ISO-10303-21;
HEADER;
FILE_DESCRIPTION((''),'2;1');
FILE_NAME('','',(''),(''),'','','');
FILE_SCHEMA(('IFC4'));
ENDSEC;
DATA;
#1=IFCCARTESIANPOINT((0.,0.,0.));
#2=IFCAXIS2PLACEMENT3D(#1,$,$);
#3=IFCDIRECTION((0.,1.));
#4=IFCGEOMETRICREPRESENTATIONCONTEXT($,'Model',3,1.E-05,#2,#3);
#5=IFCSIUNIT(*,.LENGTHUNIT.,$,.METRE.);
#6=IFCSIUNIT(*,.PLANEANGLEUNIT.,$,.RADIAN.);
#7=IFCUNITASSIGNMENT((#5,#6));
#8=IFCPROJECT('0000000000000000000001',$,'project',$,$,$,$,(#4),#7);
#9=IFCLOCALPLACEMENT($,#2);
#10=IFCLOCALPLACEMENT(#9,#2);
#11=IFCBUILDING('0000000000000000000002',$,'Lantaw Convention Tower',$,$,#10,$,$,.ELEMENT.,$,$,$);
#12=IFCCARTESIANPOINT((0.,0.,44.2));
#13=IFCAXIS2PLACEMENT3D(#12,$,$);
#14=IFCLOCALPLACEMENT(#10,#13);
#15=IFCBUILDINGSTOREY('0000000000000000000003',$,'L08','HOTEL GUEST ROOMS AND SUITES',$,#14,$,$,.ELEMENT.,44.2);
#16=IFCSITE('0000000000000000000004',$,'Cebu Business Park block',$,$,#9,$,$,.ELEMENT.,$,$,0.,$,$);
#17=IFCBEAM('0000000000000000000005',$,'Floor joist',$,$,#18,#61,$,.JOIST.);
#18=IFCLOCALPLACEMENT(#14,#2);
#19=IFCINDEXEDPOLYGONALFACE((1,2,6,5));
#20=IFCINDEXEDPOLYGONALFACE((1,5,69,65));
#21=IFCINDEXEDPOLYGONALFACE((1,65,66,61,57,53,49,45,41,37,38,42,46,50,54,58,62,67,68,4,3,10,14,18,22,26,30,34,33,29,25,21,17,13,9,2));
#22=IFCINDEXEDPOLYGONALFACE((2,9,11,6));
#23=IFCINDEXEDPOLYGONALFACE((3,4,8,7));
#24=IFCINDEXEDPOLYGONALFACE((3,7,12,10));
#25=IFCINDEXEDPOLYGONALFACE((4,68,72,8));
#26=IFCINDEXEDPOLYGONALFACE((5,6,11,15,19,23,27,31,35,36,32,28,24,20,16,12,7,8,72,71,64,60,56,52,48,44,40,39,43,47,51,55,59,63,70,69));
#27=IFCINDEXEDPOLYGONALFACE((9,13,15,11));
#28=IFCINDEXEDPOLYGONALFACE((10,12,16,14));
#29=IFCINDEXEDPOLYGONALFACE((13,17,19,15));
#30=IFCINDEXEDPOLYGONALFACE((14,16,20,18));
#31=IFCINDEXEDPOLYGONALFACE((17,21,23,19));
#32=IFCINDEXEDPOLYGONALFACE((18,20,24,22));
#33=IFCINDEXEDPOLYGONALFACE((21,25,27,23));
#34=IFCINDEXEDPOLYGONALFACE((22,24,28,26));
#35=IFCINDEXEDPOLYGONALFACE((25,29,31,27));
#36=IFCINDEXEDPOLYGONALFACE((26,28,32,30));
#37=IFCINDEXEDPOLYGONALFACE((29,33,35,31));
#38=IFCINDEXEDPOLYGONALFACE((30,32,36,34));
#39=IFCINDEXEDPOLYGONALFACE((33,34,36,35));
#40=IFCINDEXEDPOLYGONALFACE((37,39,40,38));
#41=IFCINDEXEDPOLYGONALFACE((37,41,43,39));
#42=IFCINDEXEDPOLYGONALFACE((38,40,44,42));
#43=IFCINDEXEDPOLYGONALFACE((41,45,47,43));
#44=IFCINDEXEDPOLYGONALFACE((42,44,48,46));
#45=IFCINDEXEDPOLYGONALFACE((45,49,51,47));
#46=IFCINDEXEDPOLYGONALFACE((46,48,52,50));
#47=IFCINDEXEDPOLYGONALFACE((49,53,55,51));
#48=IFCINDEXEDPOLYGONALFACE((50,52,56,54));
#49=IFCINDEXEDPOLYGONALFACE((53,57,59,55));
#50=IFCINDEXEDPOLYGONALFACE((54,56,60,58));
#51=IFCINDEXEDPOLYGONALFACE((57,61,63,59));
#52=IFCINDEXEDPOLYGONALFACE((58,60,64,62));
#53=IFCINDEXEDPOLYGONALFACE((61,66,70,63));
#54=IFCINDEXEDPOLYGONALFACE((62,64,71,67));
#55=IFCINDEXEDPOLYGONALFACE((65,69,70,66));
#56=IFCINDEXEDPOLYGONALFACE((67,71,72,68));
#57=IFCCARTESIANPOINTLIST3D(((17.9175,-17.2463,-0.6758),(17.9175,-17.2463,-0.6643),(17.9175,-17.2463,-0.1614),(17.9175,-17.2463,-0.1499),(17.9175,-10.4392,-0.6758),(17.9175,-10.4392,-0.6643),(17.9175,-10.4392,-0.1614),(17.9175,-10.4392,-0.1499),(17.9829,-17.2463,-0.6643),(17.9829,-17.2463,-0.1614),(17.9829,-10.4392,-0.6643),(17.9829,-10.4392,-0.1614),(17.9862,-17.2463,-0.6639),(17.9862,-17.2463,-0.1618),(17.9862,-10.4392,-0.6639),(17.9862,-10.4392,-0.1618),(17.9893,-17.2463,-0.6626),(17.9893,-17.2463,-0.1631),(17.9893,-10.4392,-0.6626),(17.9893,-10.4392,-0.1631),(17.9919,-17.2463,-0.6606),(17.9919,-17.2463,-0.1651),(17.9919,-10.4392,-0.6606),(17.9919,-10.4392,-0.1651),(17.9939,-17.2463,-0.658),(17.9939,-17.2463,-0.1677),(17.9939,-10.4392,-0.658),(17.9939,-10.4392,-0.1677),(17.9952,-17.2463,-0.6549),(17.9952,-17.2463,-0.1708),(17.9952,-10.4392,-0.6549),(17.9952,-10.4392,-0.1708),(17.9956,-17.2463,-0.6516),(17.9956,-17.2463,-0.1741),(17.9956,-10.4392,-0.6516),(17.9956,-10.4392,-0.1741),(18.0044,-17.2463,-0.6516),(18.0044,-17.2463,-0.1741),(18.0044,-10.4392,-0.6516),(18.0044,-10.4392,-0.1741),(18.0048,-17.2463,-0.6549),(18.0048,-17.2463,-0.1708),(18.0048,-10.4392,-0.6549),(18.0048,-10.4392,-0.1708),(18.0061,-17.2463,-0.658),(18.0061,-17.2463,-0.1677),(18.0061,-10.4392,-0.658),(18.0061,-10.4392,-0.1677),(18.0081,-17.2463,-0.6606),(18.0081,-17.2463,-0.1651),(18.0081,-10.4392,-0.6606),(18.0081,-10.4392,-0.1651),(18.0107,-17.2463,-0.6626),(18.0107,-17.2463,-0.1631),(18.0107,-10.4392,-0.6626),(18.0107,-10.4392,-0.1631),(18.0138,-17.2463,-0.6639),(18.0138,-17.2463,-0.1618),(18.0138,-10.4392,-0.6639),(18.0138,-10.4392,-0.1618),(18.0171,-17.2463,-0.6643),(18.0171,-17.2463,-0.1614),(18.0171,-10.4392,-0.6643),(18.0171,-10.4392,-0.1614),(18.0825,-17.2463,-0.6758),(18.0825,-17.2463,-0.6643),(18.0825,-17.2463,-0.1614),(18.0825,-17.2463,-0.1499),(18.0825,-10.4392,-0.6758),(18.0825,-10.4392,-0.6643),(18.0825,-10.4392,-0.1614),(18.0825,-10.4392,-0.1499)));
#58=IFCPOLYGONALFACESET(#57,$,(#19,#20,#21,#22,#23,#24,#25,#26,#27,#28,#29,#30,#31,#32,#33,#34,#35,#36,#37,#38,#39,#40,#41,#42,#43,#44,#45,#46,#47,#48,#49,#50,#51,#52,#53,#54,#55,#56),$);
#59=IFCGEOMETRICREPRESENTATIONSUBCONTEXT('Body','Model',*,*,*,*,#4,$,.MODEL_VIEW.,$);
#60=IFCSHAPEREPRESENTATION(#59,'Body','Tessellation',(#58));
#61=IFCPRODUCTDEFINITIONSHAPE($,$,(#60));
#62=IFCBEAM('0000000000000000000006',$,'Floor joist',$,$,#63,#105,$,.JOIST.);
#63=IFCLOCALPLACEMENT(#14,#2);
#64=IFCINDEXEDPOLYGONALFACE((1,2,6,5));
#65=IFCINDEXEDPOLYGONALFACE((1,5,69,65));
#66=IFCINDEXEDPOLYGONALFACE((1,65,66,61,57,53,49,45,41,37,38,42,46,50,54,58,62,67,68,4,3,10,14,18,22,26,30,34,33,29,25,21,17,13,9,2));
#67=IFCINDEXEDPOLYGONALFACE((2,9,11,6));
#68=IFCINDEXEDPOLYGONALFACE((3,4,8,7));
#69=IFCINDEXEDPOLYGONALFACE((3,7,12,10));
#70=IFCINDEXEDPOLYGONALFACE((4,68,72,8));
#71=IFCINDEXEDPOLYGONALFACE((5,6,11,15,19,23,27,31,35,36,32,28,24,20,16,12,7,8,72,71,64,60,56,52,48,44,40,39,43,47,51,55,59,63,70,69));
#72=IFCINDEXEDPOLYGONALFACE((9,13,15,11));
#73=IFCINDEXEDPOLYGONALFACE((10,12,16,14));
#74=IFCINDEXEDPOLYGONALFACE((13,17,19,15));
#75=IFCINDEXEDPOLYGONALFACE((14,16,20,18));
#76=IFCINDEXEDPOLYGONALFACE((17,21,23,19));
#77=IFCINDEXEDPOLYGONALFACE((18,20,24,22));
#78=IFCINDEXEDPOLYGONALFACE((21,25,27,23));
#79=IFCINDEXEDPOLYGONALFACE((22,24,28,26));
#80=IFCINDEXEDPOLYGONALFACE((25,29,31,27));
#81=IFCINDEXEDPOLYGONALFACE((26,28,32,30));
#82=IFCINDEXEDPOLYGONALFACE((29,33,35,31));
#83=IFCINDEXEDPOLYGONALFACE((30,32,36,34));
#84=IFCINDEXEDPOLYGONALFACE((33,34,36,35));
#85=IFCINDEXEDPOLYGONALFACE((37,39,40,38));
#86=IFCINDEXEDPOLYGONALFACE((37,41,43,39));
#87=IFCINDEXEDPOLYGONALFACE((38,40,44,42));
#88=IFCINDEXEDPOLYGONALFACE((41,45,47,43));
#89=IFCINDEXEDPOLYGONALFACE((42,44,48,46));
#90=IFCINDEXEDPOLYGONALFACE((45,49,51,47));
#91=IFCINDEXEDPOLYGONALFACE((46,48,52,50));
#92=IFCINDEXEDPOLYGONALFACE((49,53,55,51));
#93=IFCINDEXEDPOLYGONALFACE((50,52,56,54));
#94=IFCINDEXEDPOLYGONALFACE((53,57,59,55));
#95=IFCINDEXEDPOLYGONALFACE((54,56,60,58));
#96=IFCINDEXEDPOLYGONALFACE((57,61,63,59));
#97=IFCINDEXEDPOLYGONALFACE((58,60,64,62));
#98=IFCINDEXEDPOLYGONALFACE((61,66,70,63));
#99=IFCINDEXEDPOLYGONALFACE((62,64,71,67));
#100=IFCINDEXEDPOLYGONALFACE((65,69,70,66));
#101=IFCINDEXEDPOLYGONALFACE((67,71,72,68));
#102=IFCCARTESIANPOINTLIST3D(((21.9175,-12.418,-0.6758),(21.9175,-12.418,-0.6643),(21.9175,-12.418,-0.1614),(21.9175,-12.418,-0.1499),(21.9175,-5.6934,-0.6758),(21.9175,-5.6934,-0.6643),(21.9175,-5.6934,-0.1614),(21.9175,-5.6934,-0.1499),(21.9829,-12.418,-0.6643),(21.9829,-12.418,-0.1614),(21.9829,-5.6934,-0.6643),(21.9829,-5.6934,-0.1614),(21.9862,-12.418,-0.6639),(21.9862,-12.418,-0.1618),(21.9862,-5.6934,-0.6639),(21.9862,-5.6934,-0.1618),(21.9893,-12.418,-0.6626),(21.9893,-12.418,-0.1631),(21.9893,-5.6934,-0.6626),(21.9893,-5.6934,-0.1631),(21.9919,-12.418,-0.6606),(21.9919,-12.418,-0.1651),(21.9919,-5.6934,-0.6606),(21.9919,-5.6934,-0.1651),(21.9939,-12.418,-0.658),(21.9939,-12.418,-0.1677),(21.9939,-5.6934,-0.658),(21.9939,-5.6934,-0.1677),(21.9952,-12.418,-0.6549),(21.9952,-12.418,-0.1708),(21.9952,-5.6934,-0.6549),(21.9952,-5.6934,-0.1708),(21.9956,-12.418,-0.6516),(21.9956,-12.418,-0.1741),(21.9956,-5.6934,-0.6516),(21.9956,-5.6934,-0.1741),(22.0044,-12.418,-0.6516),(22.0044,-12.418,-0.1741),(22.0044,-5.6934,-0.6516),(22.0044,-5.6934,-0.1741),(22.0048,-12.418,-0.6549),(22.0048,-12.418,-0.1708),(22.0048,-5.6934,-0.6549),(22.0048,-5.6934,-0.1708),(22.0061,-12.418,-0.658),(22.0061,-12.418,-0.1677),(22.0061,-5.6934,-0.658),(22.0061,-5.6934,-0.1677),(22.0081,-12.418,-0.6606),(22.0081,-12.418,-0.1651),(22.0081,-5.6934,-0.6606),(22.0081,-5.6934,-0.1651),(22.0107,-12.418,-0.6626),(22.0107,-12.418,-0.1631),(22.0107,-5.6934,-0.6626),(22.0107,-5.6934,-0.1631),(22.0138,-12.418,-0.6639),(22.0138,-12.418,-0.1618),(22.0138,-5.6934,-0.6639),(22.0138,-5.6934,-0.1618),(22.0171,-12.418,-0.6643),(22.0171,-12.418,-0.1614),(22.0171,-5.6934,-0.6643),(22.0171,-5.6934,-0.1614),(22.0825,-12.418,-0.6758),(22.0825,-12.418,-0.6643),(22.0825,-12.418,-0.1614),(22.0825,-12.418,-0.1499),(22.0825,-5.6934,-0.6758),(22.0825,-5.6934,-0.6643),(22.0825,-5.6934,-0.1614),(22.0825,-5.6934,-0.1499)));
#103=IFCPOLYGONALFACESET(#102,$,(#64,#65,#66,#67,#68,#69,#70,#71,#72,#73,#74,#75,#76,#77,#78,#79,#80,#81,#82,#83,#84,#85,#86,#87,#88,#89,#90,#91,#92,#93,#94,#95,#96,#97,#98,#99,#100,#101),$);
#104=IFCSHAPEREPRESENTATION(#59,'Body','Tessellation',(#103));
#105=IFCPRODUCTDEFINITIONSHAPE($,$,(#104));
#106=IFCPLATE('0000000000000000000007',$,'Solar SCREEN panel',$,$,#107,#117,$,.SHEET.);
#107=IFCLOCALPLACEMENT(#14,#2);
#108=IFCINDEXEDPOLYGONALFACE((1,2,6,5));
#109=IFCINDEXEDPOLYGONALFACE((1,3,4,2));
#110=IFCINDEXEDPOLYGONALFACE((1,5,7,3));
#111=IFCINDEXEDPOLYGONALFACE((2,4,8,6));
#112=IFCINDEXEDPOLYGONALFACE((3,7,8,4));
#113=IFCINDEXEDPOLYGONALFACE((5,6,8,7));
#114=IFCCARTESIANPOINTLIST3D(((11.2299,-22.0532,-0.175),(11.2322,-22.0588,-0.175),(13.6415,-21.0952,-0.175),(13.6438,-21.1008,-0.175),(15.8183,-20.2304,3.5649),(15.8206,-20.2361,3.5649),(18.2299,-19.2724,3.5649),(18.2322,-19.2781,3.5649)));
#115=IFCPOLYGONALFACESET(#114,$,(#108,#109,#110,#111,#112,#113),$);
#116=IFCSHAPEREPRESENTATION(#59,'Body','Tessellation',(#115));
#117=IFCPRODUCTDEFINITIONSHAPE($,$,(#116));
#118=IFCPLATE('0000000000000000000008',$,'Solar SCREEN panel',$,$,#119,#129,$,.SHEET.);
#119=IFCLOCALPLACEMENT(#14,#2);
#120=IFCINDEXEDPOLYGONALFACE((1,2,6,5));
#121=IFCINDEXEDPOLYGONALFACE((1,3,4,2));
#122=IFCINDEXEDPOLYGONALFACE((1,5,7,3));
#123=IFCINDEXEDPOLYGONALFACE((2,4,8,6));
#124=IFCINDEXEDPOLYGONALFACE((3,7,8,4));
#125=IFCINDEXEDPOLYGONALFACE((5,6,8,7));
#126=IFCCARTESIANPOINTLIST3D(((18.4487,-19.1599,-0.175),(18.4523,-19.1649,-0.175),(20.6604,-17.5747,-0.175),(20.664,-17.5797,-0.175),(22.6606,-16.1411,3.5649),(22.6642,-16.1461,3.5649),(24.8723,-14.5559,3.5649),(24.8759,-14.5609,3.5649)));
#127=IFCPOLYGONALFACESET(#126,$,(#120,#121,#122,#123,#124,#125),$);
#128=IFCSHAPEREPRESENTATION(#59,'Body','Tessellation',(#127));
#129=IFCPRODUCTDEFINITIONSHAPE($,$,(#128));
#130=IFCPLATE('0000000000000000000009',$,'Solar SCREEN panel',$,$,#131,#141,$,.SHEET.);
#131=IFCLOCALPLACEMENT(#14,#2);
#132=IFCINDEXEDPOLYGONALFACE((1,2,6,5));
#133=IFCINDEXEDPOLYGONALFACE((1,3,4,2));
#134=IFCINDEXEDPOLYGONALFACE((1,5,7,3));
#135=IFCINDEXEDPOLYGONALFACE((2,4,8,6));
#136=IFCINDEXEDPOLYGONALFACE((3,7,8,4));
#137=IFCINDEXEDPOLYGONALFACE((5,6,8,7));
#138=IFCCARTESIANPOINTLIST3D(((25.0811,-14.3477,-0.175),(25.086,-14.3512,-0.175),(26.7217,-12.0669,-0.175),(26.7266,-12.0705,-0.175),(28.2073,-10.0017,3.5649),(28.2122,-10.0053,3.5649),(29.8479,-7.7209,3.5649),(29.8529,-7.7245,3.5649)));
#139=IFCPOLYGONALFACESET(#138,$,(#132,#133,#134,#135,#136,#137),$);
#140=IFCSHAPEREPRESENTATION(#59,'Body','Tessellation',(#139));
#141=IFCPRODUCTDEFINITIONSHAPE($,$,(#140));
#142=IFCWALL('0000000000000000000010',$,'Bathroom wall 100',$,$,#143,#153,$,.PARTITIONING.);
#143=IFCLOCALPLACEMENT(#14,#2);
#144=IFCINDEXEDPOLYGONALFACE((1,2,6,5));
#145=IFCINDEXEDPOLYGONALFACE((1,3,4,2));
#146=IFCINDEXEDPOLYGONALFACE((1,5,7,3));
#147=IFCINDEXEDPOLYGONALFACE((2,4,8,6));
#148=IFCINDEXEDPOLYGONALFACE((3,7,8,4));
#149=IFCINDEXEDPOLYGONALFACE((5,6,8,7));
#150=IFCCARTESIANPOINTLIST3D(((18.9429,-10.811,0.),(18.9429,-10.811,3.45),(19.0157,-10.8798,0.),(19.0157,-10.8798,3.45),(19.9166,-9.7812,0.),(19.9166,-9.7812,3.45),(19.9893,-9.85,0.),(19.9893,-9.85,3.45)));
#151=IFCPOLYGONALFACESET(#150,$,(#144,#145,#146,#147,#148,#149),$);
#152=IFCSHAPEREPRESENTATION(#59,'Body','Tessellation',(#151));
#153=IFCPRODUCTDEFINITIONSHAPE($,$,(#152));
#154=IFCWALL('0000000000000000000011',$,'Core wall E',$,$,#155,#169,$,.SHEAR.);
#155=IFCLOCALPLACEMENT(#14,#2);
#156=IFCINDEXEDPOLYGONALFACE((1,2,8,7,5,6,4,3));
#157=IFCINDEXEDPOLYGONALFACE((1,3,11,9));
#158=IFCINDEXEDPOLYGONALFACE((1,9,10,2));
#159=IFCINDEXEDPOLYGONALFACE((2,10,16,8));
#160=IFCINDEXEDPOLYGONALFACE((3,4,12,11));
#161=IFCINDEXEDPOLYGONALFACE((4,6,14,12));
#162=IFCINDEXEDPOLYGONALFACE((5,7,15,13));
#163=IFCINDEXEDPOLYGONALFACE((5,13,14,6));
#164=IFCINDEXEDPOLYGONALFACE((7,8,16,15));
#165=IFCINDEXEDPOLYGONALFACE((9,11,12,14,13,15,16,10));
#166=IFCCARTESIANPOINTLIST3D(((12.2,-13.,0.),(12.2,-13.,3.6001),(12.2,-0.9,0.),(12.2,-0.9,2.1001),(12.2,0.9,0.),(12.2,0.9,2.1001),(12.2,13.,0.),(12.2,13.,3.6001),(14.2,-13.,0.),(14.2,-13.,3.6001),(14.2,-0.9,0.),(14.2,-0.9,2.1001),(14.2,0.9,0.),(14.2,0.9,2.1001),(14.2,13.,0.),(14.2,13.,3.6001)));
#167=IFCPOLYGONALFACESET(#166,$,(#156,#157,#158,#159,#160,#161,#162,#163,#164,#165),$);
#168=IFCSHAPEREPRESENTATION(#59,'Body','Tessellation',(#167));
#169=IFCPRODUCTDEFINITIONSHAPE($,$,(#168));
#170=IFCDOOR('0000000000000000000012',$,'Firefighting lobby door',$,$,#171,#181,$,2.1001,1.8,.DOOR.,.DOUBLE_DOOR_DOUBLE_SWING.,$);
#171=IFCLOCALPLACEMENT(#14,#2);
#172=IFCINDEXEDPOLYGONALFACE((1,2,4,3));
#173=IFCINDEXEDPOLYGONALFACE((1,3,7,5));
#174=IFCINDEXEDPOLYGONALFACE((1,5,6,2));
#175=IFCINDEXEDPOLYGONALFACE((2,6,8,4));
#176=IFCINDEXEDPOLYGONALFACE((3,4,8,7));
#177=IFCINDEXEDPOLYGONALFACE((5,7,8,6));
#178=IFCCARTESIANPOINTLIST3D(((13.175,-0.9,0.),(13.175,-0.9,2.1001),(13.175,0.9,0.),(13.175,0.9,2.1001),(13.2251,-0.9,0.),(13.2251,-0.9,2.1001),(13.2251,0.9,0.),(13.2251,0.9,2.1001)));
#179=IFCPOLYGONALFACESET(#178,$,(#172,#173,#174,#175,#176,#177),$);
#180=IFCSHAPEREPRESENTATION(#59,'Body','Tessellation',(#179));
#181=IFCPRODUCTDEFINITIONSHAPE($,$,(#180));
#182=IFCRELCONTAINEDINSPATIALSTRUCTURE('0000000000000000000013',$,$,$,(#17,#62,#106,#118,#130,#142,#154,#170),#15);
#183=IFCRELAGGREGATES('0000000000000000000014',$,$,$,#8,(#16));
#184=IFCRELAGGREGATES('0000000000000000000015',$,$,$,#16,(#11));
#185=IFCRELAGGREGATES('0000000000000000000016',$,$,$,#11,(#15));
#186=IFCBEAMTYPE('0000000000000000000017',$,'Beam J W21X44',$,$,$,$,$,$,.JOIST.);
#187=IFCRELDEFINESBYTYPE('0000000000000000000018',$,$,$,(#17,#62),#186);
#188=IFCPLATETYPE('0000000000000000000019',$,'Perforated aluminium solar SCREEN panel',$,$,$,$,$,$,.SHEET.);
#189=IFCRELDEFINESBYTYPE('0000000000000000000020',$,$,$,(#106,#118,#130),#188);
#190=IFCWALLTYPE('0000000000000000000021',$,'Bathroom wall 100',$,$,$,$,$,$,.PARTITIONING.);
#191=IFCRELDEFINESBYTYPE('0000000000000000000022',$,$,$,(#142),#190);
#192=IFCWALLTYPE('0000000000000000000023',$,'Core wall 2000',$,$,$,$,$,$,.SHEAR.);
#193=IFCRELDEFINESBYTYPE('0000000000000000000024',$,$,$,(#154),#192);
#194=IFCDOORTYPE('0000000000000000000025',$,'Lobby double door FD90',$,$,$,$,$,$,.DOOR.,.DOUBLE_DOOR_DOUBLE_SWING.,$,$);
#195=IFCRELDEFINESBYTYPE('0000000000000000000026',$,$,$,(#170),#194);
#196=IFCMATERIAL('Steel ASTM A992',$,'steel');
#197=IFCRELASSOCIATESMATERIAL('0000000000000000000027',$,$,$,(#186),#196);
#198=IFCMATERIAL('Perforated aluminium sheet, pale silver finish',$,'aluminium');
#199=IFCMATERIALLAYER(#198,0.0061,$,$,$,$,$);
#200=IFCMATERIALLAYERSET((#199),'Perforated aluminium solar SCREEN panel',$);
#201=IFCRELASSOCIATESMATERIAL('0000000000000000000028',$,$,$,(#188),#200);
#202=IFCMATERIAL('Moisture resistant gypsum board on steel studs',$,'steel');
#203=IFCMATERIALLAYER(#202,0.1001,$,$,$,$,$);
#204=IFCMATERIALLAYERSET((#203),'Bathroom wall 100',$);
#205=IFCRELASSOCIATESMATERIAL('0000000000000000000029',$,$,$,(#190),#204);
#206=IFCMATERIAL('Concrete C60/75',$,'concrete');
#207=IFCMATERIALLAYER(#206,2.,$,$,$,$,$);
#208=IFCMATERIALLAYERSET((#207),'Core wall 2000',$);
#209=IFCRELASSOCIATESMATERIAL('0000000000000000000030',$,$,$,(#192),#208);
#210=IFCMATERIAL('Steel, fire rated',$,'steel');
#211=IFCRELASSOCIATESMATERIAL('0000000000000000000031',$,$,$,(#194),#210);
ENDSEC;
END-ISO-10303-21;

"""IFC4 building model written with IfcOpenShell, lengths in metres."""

from ifc_helpers import new_model, si_unit, direction, frame, frame_2d, origin, origin_2d, place, context, subcontext, project, spatial, polyline, rectangle, i_section, outline, extrude, material, layer, layer_set, material_profile, profile_set, type_object, element, fill, save


model = new_model("IFC4")

# Units and contexts
model_context = context("Model", 3, precision=1e-05, world=origin(), true_north=direction((0.0, 1.0)))
body_context = subcontext(model_context, "Body", "Model", "MODEL_VIEW")
ifc_project = project(units=[si_unit("LENGTHUNIT", "METRE"), si_unit("PLANEANGLEUNIT", "RADIAN")], contexts=[model_context])

# Site, building, storey
site_placement = place(None, origin())
site = spatial("IfcSite", under=ifc_project, at=site_placement, Name="Cebu Business Park block", CompositionType="ELEMENT", RefElevation=0.0)
building_placement = place(site_placement, origin())
building = spatial("IfcBuilding", under=site, at=building_placement, Name="Lantaw Convention Tower", CompositionType="ELEMENT")
storey_placement = place(building_placement, frame((0.0, 0.0, 44.2)))
storey = spatial("IfcBuildingStorey", under=building, at=storey_placement, Name="L08", Description="HOTEL GUEST ROOMS AND SUITES", CompositionType="ELEMENT", Elevation=44.2)

# Shared definitions
ifc_material_1 = material(Name="Concrete C60/75", Category="concrete")

# Beams
ifc_material_2 = material(Name="Steel ASTM A992", Category="steel")
ifc_material_profile_1 = material_profile(ifc_material_2, i_section(OverallWidth=0.165, OverallDepth=0.5259, WebThickness=0.0088, FlangeThickness=0.0115, FilletRadius=0.0127, at=origin_2d()), Name="W21X44")
ifc_profile_set_1 = profile_set([ifc_material_profile_1], Name="Steel ASTM A992")
beam_type_1 = type_object("IfcBeamType", Name="Beam J W21X44", PredefinedType="JOIST", material=ifc_profile_set_1)
beam_1_placement = place(storey_placement, frame((18.0, -17.2463, -0.4128), z_axis=(0.0, 1.0, 0.0), x_axis=(-1.0, 0.0, 0.0)))
element("IfcBeam", 1, at=beam_1_placement, inside=storey, type_object=beam_type_1, Name="Floor joist", PredefinedType="JOIST", context=body_context, shape_type="SweptSolid", body=[
    extrude(i_section(OverallWidth=0.165, OverallDepth=0.5259, WebThickness=0.0088, FlangeThickness=0.0115, FilletRadius=0.0127, at=origin_2d()), origin(), (0.0, 0.0, 1.0), 6.8071),
])
beam_2_placement = place(storey_placement, frame((22.0, -12.418, -0.4128), z_axis=(0.0, 1.0, 0.0), x_axis=(-1.0, 0.0, 0.0)))
element("IfcBeam", 2, at=beam_2_placement, inside=storey, type_object=beam_type_1, Name="Floor joist", PredefinedType="JOIST", context=body_context, shape_type="SweptSolid", body=[
    extrude(i_section(OverallWidth=0.165, OverallDepth=0.5259, WebThickness=0.0088, FlangeThickness=0.0115, FilletRadius=0.0127, at=origin_2d()), origin(), (0.0, 0.0, 1.0), 6.7246),
])

# Plates
ifc_material_3 = material(Name="Perforated aluminium sheet, pale silver finish", Category="aluminium")
ifc_layer_1 = layer(ifc_material_3, 0.0061)
ifc_layer_set_1 = layer_set([ifc_layer_1], Name="Perforated aluminium solar SCREEN panel")
plate_type = type_object("IfcPlateType", Name="Perforated aluminium solar SCREEN panel", PredefinedType="SHEET", material=ifc_layer_set_1)
plate_1_placement = place(storey_placement, frame((11.2322, -22.0588, -0.175), z_axis=(0.369184, -0.929357, 0.000009), x_axis=(0.929357, 0.369184, 0.0)))
element("IfcPlate", 3, at=plate_1_placement, inside=storey, type_object=plate_type, Name="Solar SCREEN panel", PredefinedType="SHEET", context=body_context, shape_type="SweptSolid", body=[
    extrude(outline(polyline([(0.0, 0.0), (2.5949, 0.0), (7.5321, 3.74), (4.9372, 3.74), (0.0, 0.0)])), origin(), (0.0, 0.0, -1.0), 0.0061),
])
plate_2_placement = place(storey_placement, frame((18.4487, -19.1599, -0.175), z_axis=(-0.582561, 0.812787, 0.000016), x_axis=(0.812787, 0.582561, 0.0)))
element("IfcPlate", 4, at=plate_2_placement, inside=storey, type_object=plate_type, Name="Solar SCREEN panel", PredefinedType="SHEET", context=body_context, shape_type="SweptSolid", body=[
    extrude(outline(polyline([(0.0, 0.0), (2.7211, 0.0), (7.9031, -3.74), (5.182, -3.74), (0.0, 0.0)])), origin(), (0.0, 0.0, -1.0), 0.0061),
])
plate_3_placement = place(storey_placement, frame((25.0811, -14.3477, -0.175), z_axis=(-0.811791, 0.583948, 0.000009), x_axis=(0.583948, 0.811791, 0.0)))
element("IfcPlate", 5, at=plate_3_placement, inside=storey, type_object=plate_type, Name="Solar SCREEN panel", PredefinedType="SHEET", context=body_context, shape_type="SweptSolid", body=[
    extrude(outline(polyline([(0.0, 0.0), (2.8095, 0.0), (8.1631, -3.74), (5.3536, -3.74), (0.0, 0.0)])), origin(), (0.0, 0.0, -1.0), 0.0061),
])

# Wall
ifc_material_4 = material(Name="Moisture resistant gypsum board on steel studs", Category="steel")
ifc_layer_2 = layer(ifc_material_4, 0.1001)
ifc_layer_set_2 = layer_set([ifc_layer_2], Name="Bathroom wall 100")
wall_type_1 = type_object("IfcWallType", Name="Bathroom wall 100", PredefinedType="PARTITIONING", material=ifc_layer_set_2)
wall_1_placement = place(storey_placement, frame((19.9529, -9.8157, 0.0), z_axis=(0.0, 0.0, 1.0), x_axis=(-0.687018, -0.72664, 0.0)))
element("IfcWall", 6, at=wall_1_placement, inside=storey, type_object=wall_type_1, Name="Bathroom wall 100", PredefinedType="PARTITIONING", context=body_context, shape_type="SweptSolid", body=[
    extrude(rectangle(XDim=1.4172, YDim=0.1001, at=frame_2d((0.7085, 0.0))), origin(), (0.0, 0.0, 1.0), 3.45),
])

# Wall, opening, door
ifc_layer_3 = layer(ifc_material_1, 2.0)
ifc_layer_set_3 = layer_set([ifc_layer_3], Name="Core wall 2000")
wall_type_2 = type_object("IfcWallType", Name="Core wall 2000", PredefinedType="SHEAR", material=ifc_layer_set_3)
wall_2_placement = place(storey_placement, frame((13.2, -13.0, 0.0), z_axis=(0.0, 0.0, 1.0), x_axis=(0.0, 1.0, 0.0)))
wall_2 = element("IfcWall", 7, at=wall_2_placement, inside=storey, type_object=wall_type_2, Name="Core wall E", PredefinedType="SHEAR", context=body_context, shape_type="SweptSolid", body=[
    extrude(rectangle(XDim=26.0, YDim=2.0, at=frame_2d((13.0, 0.0))), origin(), (0.0, 0.0, 1.0), 3.6001),
])
opening_1_placement = place(wall_2_placement, frame((12.1001, 0.0, 0.0)))
opening_1 = element("IfcOpeningElement", 8, at=opening_1_placement, cuts=wall_2, PredefinedType="OPENING", context=body_context, shape_type="SweptSolid", body=[
    extrude(rectangle(XDim=1.8, YDim=2.1001, at=frame_2d((0.8999, 1.05))), frame((0.0, 1.01, 0.0), z_axis=(0.0, -1.0, 0.0), x_axis=(1.0, 0.0, 0.0)), (0.0, 0.0, 1.0), 2.02),
])
ifc_material_5 = material(Name="Steel, fire rated", Category="steel")
door_type_1 = type_object("IfcDoorType", Name="Lobby double door FD90", OperationType="DOUBLE_DOOR_DOUBLE_SWING", PredefinedType="DOOR", material=ifc_material_5)
door_1_placement = place(opening_1_placement, origin())
door_1 = element("IfcDoor", 9, at=door_1_placement, inside=storey, type_object=door_type_1, Name="Firefighting lobby door", OperationType="DOUBLE_DOOR_DOUBLE_SWING", OverallHeight=2.1001, OverallWidth=1.8, PredefinedType="DOOR", context=body_context, shape_type="SweptSolid", body=[
    extrude(rectangle(XDim=1.8, YDim=2.1001, at=frame_2d((0.8999, 1.05))), frame((0.0, 0.0249, 0.0), z_axis=(0.0, -1.0, 0.0), x_axis=(1.0, 0.0, 0.0)), (0.0, 0.0, 1.0), 0.05),
])
fill(opening_1, door_1)

save(model, "model.ifc")
